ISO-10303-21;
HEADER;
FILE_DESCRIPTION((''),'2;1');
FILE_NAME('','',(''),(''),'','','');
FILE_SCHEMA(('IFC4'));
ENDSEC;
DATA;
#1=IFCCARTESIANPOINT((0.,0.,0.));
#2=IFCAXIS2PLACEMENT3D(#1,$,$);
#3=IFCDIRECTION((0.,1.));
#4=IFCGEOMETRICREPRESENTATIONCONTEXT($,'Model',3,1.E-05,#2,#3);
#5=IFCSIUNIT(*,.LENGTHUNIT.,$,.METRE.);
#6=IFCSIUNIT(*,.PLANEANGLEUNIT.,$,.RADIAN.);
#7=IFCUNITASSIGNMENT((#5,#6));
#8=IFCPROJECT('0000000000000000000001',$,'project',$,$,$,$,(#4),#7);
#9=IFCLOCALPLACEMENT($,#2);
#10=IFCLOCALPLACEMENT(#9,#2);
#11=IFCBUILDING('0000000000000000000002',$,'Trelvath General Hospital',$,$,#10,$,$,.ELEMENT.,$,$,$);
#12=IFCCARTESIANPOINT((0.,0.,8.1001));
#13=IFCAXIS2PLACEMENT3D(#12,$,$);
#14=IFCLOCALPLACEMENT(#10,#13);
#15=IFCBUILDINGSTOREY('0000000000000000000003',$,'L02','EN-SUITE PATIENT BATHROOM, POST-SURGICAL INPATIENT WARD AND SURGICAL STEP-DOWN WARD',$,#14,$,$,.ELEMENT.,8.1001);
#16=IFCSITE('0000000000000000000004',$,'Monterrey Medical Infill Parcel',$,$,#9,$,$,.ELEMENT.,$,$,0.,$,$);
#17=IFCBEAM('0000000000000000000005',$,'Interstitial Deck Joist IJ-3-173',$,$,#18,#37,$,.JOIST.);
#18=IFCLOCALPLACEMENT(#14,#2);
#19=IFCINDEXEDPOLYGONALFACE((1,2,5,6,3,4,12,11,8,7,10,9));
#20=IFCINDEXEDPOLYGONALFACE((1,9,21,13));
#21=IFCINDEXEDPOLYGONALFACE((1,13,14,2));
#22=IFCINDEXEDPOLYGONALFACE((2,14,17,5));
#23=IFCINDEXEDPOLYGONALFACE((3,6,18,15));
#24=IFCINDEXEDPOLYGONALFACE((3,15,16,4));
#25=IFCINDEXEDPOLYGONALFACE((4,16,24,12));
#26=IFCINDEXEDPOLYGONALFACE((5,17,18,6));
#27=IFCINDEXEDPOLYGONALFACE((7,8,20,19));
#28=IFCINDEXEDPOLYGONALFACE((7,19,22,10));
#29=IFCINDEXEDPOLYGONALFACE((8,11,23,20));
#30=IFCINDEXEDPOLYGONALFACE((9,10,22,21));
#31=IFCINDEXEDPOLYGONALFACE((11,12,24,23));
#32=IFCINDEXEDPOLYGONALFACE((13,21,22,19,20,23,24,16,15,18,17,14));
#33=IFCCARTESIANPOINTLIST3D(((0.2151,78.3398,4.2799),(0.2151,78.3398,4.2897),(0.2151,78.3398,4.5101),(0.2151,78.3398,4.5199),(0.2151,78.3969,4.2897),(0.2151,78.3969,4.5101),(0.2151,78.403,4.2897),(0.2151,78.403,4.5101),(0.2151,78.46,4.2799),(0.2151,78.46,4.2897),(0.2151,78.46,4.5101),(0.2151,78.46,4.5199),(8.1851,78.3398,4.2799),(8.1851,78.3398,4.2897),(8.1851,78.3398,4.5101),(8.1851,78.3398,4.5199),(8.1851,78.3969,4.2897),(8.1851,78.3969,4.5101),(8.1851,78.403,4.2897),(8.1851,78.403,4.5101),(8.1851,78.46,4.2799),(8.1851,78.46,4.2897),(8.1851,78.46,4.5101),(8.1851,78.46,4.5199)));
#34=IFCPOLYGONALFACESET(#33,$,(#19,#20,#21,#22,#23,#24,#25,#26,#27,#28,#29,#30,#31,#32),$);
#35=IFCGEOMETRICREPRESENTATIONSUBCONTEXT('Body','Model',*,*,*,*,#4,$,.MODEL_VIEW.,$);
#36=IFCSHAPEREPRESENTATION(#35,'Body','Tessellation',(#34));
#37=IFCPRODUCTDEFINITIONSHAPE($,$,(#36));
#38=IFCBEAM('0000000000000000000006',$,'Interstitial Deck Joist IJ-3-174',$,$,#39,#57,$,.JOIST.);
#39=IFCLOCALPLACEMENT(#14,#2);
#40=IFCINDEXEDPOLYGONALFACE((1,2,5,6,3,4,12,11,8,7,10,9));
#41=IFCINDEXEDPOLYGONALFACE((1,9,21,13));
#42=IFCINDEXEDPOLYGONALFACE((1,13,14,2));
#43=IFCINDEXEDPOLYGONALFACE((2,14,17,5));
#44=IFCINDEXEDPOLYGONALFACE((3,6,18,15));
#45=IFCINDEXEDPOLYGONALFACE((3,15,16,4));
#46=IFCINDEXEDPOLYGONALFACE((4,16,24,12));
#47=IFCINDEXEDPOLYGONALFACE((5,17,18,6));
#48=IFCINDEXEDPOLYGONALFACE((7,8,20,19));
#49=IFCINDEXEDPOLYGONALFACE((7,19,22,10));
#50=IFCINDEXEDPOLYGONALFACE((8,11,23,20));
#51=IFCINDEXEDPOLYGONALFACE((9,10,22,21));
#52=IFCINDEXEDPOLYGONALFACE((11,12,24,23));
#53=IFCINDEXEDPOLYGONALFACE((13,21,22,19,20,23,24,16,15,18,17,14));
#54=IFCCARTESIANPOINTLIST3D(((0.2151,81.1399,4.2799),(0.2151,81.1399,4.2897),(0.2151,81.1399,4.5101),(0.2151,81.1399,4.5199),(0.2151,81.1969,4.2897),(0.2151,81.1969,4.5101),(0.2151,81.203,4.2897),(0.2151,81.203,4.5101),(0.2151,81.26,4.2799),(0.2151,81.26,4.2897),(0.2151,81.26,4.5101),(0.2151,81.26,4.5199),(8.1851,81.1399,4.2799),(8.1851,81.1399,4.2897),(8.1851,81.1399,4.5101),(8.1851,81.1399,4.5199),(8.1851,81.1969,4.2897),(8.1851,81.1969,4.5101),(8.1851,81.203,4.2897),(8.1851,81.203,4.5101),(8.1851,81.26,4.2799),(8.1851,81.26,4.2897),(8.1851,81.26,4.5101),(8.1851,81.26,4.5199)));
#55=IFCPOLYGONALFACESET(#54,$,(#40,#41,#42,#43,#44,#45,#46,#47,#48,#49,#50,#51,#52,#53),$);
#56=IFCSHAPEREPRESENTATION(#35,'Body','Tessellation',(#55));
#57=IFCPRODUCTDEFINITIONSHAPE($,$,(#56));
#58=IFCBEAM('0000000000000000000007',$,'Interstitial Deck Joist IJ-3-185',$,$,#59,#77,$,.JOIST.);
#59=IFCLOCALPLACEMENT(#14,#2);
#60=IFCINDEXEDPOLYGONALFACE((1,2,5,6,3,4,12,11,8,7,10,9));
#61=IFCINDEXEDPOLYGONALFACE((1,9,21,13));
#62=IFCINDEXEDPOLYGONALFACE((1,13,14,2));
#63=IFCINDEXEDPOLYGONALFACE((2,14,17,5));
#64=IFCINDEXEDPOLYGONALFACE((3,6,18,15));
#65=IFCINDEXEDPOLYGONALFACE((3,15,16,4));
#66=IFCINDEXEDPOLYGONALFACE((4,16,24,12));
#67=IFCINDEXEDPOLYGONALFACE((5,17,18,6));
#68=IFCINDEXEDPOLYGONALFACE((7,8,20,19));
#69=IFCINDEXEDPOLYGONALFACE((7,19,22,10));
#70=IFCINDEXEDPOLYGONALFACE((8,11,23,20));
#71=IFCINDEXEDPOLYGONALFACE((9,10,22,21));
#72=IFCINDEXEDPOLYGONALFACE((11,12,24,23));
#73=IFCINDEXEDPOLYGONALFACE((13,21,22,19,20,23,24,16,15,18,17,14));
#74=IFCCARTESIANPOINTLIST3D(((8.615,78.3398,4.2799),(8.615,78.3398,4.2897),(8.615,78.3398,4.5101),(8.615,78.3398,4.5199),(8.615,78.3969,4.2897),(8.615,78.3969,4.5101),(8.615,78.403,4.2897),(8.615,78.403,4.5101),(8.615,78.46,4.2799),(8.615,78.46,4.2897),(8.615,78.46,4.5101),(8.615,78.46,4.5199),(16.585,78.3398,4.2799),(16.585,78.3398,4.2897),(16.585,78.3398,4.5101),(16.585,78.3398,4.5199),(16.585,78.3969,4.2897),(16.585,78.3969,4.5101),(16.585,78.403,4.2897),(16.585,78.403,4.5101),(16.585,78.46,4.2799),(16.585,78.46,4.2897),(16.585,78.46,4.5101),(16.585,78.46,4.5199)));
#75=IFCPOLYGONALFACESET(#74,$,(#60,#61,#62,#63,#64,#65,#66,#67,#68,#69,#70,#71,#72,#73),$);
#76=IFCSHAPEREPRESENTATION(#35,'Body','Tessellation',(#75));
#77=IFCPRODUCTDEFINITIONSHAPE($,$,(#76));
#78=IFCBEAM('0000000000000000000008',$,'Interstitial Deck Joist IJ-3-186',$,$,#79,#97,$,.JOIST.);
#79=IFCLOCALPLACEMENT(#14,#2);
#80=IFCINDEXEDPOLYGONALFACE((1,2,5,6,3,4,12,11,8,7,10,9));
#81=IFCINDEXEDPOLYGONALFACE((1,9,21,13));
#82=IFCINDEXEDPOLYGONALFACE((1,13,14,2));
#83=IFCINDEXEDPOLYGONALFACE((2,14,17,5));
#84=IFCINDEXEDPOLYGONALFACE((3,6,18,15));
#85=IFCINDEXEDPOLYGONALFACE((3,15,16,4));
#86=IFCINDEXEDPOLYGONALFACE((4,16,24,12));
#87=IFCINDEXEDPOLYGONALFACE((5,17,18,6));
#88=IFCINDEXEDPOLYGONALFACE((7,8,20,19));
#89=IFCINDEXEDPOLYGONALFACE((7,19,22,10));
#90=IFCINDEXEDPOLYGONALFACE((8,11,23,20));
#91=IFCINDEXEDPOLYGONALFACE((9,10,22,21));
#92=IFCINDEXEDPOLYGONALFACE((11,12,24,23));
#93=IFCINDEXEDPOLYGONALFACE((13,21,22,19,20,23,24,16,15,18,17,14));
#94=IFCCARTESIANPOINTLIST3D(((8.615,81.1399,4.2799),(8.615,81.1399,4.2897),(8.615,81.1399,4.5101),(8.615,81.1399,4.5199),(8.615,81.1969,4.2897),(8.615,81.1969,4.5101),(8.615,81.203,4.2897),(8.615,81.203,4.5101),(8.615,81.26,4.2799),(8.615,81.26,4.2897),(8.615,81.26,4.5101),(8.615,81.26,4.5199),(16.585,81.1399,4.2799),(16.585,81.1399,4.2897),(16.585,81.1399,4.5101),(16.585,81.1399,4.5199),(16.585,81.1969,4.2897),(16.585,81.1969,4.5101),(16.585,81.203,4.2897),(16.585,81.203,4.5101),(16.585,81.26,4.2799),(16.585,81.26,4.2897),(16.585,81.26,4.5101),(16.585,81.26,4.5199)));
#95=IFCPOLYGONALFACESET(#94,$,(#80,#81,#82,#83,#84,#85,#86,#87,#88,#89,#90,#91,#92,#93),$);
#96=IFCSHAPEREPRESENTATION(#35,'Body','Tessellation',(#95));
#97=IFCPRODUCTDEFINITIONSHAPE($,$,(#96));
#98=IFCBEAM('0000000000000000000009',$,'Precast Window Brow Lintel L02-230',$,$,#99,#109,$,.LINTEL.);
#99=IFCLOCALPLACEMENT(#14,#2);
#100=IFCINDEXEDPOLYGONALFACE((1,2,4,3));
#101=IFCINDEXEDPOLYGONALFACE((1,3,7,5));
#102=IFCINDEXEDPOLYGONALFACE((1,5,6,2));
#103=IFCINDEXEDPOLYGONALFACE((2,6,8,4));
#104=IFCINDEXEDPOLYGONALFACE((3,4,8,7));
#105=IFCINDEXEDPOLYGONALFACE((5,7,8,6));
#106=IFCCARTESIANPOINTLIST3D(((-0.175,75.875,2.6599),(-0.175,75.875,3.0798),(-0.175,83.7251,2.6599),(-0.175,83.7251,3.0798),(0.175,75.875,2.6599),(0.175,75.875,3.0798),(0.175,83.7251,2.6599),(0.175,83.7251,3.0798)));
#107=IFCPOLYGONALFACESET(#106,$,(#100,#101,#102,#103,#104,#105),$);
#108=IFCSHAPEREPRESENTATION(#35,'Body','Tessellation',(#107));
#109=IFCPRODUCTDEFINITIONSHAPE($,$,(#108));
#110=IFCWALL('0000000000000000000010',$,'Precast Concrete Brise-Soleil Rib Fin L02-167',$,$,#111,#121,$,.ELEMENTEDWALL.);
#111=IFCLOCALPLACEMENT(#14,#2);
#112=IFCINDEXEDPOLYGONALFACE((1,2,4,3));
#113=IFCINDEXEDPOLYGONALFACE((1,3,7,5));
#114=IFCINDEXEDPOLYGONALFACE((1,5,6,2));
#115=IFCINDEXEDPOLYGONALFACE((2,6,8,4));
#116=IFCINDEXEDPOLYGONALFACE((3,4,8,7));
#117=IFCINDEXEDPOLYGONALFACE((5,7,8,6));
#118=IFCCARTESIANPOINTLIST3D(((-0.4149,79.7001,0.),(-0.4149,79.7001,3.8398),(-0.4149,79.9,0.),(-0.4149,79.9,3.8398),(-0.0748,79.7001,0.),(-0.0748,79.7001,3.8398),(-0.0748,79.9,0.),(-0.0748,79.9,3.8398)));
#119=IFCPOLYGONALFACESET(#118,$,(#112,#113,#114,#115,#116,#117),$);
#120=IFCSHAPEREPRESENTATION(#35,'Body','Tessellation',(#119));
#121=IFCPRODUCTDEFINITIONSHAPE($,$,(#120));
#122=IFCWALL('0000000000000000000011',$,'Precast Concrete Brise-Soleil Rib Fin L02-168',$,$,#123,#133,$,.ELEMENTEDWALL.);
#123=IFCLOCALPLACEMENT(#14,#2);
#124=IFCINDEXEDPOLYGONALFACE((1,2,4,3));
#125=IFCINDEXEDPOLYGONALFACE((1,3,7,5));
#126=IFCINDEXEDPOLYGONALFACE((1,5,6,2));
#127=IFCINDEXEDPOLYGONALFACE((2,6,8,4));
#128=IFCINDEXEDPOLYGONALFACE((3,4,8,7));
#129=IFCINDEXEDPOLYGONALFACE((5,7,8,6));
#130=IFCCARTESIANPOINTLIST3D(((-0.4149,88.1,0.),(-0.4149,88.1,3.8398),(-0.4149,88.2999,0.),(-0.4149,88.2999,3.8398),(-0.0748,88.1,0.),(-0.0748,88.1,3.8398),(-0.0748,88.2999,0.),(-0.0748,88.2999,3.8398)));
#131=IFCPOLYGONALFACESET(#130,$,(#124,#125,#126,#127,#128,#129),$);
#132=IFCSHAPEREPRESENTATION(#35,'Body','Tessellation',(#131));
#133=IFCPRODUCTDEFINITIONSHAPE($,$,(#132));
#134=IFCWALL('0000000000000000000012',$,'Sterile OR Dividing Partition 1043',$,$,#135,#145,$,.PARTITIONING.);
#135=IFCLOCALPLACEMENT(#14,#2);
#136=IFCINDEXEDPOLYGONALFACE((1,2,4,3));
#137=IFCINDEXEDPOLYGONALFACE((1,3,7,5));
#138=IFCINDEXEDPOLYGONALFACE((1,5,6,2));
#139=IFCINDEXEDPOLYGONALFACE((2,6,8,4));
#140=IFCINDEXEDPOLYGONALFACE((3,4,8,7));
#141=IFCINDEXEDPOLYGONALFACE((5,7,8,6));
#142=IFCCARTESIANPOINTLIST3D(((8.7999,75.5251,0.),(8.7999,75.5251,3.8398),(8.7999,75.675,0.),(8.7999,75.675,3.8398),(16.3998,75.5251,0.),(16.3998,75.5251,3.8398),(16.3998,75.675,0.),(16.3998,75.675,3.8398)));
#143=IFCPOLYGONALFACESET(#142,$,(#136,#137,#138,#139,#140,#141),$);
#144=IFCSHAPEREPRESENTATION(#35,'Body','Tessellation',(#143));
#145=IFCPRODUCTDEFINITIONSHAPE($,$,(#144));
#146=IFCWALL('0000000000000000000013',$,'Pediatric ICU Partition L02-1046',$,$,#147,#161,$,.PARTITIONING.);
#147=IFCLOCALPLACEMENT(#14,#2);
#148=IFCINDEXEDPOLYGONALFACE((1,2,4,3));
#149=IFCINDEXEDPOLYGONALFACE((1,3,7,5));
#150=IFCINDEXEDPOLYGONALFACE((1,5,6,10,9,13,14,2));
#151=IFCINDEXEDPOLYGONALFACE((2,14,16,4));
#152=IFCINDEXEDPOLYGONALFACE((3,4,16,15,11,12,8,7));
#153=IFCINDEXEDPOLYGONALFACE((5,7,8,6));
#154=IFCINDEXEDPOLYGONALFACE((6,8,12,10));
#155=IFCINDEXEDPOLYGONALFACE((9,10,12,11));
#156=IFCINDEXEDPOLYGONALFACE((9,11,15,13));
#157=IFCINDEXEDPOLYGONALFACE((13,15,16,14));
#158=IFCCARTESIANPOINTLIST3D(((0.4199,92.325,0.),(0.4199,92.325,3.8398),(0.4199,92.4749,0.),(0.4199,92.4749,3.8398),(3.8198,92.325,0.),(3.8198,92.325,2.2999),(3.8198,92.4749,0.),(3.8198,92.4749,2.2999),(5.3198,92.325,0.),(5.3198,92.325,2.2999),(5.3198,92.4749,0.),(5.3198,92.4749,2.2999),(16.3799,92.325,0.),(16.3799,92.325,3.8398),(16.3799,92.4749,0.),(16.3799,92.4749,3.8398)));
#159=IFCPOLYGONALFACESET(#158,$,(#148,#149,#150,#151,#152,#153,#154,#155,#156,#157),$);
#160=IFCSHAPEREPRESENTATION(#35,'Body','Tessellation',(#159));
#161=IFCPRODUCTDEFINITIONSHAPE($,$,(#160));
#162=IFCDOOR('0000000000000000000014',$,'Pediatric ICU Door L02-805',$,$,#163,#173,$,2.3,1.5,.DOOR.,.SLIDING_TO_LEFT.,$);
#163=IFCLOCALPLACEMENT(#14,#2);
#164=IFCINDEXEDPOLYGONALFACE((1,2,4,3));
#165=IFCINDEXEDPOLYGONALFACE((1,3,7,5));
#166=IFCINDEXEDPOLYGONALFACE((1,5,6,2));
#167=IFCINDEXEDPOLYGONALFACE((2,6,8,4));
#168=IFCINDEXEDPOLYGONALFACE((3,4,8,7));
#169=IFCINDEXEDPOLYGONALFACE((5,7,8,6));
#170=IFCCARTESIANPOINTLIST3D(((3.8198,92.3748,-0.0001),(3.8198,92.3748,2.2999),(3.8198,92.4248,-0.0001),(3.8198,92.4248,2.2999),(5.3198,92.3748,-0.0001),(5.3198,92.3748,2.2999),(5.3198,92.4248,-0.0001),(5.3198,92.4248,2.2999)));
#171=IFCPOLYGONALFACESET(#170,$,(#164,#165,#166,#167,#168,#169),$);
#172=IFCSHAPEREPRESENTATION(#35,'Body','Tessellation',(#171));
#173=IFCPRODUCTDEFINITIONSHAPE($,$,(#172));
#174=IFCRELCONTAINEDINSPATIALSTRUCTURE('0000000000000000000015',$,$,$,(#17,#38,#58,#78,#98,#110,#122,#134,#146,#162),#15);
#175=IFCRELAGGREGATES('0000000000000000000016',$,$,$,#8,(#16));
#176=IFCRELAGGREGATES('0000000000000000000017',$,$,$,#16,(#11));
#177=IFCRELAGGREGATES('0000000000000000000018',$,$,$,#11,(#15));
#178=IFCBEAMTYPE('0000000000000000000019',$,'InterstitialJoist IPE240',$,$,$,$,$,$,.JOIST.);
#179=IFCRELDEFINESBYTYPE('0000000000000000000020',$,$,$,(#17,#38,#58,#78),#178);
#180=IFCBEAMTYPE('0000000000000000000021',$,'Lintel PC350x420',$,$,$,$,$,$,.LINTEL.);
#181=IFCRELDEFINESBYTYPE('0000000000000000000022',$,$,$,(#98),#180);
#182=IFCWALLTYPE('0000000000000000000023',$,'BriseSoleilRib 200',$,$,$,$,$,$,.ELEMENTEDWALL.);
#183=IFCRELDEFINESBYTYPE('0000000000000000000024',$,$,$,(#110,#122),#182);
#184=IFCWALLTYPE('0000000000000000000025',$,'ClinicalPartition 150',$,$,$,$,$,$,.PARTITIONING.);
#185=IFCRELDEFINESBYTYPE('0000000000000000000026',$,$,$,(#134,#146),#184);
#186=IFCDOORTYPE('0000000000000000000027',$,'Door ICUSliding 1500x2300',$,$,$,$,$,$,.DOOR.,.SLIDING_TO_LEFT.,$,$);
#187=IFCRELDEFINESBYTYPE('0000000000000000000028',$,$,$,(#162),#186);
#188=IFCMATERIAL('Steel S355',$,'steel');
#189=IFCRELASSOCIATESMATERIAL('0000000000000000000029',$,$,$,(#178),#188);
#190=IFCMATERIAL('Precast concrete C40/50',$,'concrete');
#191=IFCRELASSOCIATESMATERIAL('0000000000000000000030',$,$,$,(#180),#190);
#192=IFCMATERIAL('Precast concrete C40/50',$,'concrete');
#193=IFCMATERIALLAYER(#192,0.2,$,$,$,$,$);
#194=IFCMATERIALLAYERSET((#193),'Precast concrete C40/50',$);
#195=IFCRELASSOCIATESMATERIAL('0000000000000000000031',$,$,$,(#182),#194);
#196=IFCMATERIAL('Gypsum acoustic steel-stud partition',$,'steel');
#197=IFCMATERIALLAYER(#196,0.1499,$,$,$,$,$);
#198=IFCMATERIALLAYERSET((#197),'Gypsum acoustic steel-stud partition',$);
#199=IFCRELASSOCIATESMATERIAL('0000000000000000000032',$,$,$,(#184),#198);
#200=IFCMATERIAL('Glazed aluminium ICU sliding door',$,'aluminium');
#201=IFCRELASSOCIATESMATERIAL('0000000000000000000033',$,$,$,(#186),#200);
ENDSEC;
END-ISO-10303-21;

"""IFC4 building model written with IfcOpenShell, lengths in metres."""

from ifc_helpers import new_model, si_unit, direction, frame, frame_2d, origin, origin_2d, place, context, subcontext, project, spatial, rectangle, i_section, extrude, material, layer, layer_set, material_profile, profile_set, type_object, element, fill, save


model = new_model("IFC4")

# Units and contexts
model_context = context("Model", 3, precision=1e-05, world=origin(), true_north=direction((0.0, 1.0)))
body_context = subcontext(model_context, "Body", "Model", "MODEL_VIEW")
ifc_project = project(units=[si_unit("LENGTHUNIT", "METRE"), si_unit("PLANEANGLEUNIT", "RADIAN")], contexts=[model_context])

# Site, building, storey
site_placement = place(None, origin())
site = spatial("IfcSite", under=ifc_project, at=site_placement, Name="Monterrey Medical Infill Parcel", CompositionType="ELEMENT", RefElevation=0.0)
building_placement = place(site_placement, origin())
building = spatial("IfcBuilding", under=site, at=building_placement, Name="Trelvath General Hospital", CompositionType="ELEMENT")
storey_placement = place(building_placement, frame((0.0, 0.0, 8.1001)))
storey = spatial("IfcBuildingStorey", under=building, at=storey_placement, Name="L02", Description="EN-SUITE PATIENT BATHROOM, POST-SURGICAL INPATIENT WARD AND SURGICAL STEP-DOWN WARD", CompositionType="ELEMENT", Elevation=8.1001)

# Beams
ifc_material_1 = material(Name="Steel S355", Category="steel")
ifc_material_profile_1 = material_profile(ifc_material_1, i_section(OverallWidth=0.1201, OverallDepth=0.24, WebThickness=0.0061, FlangeThickness=0.0098, at=origin_2d()), Name="IPE240")
ifc_profile_set_1 = profile_set([ifc_material_profile_1], Name="Steel S355")
beam_type_1 = type_object("IfcBeamType", Name="InterstitialJoist IPE240", PredefinedType="JOIST", material=ifc_profile_set_1)
for number, where, z_axis, x_axis, name in (
    (1, (0.2151, 78.3999, 4.3999), (1.0, 0.0, 0.0), (0.0, 1.0, 0.0), "Interstitial Deck Joist IJ-3-173"),
    (2, (0.2151, 81.2, 4.3999), (1.0, 0.0, 0.0), (0.0, 1.0, 0.0), "Interstitial Deck Joist IJ-3-174"),
    (3, (8.615, 78.3999, 4.3999), (1.0, 0.0, 0.0), (0.0, 1.0, 0.0), "Interstitial Deck Joist IJ-3-185"),
    (4, (8.615, 81.2, 4.3999), (1.0, 0.0, 0.0), (0.0, 1.0, 0.0), "Interstitial Deck Joist IJ-3-186"),
):
    element("IfcBeam", number, at=place(storey_placement, frame(where, z_axis=z_axis, x_axis=x_axis)), inside=storey, type_object=beam_type_1, Name=name, PredefinedType="JOIST", context=body_context, shape_type="SweptSolid", body=[
        extrude(i_section(OverallWidth=0.1201, OverallDepth=0.24, WebThickness=0.0061, FlangeThickness=0.0098, at=origin_2d()), origin(), (0.0, 0.0, 1.0), 7.97),
    ])
ifc_material_2 = material(Name="Precast concrete C40/50", Category="concrete")
ifc_material_profile_2 = material_profile(ifc_material_2, rectangle(XDim=0.3501, YDim=0.4199, at=origin_2d()), Name="PCL350x420")
ifc_profile_set_2 = profile_set([ifc_material_profile_2], Name="Precast concrete C40/50")
beam_type_2 = type_object("IfcBeamType", Name="Lintel PC350x420", PredefinedType="LINTEL", material=ifc_profile_set_2)
beam_placement = place(storey_placement, frame((0.0, 75.875, 2.8699), z_axis=(0.0, 1.0, 0.0), x_axis=(-1.0, 0.0, 0.0)))
element("IfcBeam", 5, at=beam_placement, inside=storey, type_object=beam_type_2, Name="Precast Window Brow Lintel L02-230", PredefinedType="LINTEL", context=body_context, shape_type="SweptSolid", body=[
    extrude(rectangle(XDim=0.3501, YDim=0.4199, at=origin_2d()), origin(), (0.0, 0.0, 1.0), 7.8501),
])

# Walls
ifc_material_3 = material(Name="Precast concrete C40/50", Category="concrete")
ifc_layer_1 = layer(ifc_material_3, 0.2)
ifc_layer_set_1 = layer_set([ifc_layer_1], Name="Precast concrete C40/50")
wall_type_1 = type_object("IfcWallType", Name="BriseSoleilRib 200", PredefinedType="ELEMENTEDWALL", material=ifc_layer_set_1)
for number, where, z_axis, x_axis, name in (
    (6, (-0.075, 79.8, 0.0), (0.0, 0.0, 1.0), (-1.0, 0.0, 0.0), "Precast Concrete Brise-Soleil Rib Fin L02-167"),
    (7, (-0.075, 88.2, 0.0), (0.0, 0.0, 1.0), (-1.0, 0.0, 0.0), "Precast Concrete Brise-Soleil Rib Fin L02-168"),
):
    element("IfcWall", number, at=place(storey_placement, frame(where, z_axis=z_axis, x_axis=x_axis)), inside=storey, type_object=wall_type_1, Name=name, PredefinedType="ELEMENTEDWALL", context=body_context, shape_type="SweptSolid", body=[
        extrude(rectangle(XDim=0.3401, YDim=0.2, at=frame_2d((0.1699, 0.0))), origin(), (0.0, 0.0, 1.0), 3.8398),
    ])
ifc_material_4 = material(Name="Gypsum acoustic steel-stud partition", Category="steel")
ifc_layer_2 = layer(ifc_material_4, 0.1499)
ifc_layer_set_2 = layer_set([ifc_layer_2], Name="Gypsum acoustic steel-stud partition")
wall_type_2 = type_object("IfcWallType", Name="ClinicalPartition 150", PredefinedType="PARTITIONING", material=ifc_layer_set_2)
wall_1_placement = place(storey_placement, frame((8.8, 75.6001, 0.0), z_axis=(0.0, 0.0, 1.0), x_axis=(1.0, 0.0, 0.0)))
element("IfcWall", 8, at=wall_1_placement, inside=storey, type_object=wall_type_2, Name="Sterile OR Dividing Partition 1043", PredefinedType="PARTITIONING", context=body_context, shape_type="SweptSolid", body=[
    extrude(rectangle(XDim=7.5999, YDim=0.1499, at=frame_2d((3.7998, 0.0))), origin(), (0.0, 0.0, 1.0), 3.8398),
])

# Wall, opening, door
wall_2_placement = place(storey_placement, frame((0.4199, 92.3999, 0.0), z_axis=(0.0, 0.0, 1.0), x_axis=(1.0, 0.0, 0.0)))
wall_2 = element("IfcWall", 9, at=wall_2_placement, inside=storey, type_object=wall_type_2, Name="Pediatric ICU Partition L02-1046", PredefinedType="PARTITIONING", context=body_context, shape_type="SweptSolid", body=[
    extrude(rectangle(XDim=15.96, YDim=0.1499, at=frame_2d((7.98, 0.0))), origin(), (0.0, 0.0, 1.0), 3.8398),
])
opening_1_placement = place(wall_2_placement, frame((3.3999, 0.0, 0.0)))
opening_1 = element("IfcOpeningElement", 10, at=opening_1_placement, cuts=wall_2, PredefinedType="OPENING", context=body_context, shape_type="SweptSolid", body=[
    extrude(rectangle(XDim=1.5, YDim=2.3, at=frame_2d((0.75, 1.1499))), frame((0.0, 0.085, 0.0), z_axis=(0.0, -1.0, 0.0), x_axis=(1.0, 0.0, 0.0)), (0.0, 0.0, 1.0), 0.1699),
])
ifc_material_5 = material(Name="Glazed aluminium ICU sliding door", Category="aluminium")
door_type = type_object("IfcDoorType", Name="Door ICUSliding 1500x2300", OperationType="SLIDING_TO_LEFT", PredefinedType="DOOR", material=ifc_material_5)
door_placement = place(opening_1_placement, origin())
door = element("IfcDoor", 11, at=door_placement, inside=storey, type_object=door_type, Name="Pediatric ICU Door L02-805", OperationType="SLIDING_TO_LEFT", OverallHeight=2.3, OverallWidth=1.5, PredefinedType="DOOR", context=body_context, shape_type="SweptSolid", body=[
    extrude(rectangle(XDim=1.5, YDim=2.3, at=frame_2d((0.75, 1.1499))), frame((0.0, 0.0249, 0.0), z_axis=(0.0, -1.0, 0.0), x_axis=(1.0, 0.0, 0.0)), (0.0, 0.0, 1.0), 0.05),
])
fill(opening_1, door)

save(model, "model.ifc")
